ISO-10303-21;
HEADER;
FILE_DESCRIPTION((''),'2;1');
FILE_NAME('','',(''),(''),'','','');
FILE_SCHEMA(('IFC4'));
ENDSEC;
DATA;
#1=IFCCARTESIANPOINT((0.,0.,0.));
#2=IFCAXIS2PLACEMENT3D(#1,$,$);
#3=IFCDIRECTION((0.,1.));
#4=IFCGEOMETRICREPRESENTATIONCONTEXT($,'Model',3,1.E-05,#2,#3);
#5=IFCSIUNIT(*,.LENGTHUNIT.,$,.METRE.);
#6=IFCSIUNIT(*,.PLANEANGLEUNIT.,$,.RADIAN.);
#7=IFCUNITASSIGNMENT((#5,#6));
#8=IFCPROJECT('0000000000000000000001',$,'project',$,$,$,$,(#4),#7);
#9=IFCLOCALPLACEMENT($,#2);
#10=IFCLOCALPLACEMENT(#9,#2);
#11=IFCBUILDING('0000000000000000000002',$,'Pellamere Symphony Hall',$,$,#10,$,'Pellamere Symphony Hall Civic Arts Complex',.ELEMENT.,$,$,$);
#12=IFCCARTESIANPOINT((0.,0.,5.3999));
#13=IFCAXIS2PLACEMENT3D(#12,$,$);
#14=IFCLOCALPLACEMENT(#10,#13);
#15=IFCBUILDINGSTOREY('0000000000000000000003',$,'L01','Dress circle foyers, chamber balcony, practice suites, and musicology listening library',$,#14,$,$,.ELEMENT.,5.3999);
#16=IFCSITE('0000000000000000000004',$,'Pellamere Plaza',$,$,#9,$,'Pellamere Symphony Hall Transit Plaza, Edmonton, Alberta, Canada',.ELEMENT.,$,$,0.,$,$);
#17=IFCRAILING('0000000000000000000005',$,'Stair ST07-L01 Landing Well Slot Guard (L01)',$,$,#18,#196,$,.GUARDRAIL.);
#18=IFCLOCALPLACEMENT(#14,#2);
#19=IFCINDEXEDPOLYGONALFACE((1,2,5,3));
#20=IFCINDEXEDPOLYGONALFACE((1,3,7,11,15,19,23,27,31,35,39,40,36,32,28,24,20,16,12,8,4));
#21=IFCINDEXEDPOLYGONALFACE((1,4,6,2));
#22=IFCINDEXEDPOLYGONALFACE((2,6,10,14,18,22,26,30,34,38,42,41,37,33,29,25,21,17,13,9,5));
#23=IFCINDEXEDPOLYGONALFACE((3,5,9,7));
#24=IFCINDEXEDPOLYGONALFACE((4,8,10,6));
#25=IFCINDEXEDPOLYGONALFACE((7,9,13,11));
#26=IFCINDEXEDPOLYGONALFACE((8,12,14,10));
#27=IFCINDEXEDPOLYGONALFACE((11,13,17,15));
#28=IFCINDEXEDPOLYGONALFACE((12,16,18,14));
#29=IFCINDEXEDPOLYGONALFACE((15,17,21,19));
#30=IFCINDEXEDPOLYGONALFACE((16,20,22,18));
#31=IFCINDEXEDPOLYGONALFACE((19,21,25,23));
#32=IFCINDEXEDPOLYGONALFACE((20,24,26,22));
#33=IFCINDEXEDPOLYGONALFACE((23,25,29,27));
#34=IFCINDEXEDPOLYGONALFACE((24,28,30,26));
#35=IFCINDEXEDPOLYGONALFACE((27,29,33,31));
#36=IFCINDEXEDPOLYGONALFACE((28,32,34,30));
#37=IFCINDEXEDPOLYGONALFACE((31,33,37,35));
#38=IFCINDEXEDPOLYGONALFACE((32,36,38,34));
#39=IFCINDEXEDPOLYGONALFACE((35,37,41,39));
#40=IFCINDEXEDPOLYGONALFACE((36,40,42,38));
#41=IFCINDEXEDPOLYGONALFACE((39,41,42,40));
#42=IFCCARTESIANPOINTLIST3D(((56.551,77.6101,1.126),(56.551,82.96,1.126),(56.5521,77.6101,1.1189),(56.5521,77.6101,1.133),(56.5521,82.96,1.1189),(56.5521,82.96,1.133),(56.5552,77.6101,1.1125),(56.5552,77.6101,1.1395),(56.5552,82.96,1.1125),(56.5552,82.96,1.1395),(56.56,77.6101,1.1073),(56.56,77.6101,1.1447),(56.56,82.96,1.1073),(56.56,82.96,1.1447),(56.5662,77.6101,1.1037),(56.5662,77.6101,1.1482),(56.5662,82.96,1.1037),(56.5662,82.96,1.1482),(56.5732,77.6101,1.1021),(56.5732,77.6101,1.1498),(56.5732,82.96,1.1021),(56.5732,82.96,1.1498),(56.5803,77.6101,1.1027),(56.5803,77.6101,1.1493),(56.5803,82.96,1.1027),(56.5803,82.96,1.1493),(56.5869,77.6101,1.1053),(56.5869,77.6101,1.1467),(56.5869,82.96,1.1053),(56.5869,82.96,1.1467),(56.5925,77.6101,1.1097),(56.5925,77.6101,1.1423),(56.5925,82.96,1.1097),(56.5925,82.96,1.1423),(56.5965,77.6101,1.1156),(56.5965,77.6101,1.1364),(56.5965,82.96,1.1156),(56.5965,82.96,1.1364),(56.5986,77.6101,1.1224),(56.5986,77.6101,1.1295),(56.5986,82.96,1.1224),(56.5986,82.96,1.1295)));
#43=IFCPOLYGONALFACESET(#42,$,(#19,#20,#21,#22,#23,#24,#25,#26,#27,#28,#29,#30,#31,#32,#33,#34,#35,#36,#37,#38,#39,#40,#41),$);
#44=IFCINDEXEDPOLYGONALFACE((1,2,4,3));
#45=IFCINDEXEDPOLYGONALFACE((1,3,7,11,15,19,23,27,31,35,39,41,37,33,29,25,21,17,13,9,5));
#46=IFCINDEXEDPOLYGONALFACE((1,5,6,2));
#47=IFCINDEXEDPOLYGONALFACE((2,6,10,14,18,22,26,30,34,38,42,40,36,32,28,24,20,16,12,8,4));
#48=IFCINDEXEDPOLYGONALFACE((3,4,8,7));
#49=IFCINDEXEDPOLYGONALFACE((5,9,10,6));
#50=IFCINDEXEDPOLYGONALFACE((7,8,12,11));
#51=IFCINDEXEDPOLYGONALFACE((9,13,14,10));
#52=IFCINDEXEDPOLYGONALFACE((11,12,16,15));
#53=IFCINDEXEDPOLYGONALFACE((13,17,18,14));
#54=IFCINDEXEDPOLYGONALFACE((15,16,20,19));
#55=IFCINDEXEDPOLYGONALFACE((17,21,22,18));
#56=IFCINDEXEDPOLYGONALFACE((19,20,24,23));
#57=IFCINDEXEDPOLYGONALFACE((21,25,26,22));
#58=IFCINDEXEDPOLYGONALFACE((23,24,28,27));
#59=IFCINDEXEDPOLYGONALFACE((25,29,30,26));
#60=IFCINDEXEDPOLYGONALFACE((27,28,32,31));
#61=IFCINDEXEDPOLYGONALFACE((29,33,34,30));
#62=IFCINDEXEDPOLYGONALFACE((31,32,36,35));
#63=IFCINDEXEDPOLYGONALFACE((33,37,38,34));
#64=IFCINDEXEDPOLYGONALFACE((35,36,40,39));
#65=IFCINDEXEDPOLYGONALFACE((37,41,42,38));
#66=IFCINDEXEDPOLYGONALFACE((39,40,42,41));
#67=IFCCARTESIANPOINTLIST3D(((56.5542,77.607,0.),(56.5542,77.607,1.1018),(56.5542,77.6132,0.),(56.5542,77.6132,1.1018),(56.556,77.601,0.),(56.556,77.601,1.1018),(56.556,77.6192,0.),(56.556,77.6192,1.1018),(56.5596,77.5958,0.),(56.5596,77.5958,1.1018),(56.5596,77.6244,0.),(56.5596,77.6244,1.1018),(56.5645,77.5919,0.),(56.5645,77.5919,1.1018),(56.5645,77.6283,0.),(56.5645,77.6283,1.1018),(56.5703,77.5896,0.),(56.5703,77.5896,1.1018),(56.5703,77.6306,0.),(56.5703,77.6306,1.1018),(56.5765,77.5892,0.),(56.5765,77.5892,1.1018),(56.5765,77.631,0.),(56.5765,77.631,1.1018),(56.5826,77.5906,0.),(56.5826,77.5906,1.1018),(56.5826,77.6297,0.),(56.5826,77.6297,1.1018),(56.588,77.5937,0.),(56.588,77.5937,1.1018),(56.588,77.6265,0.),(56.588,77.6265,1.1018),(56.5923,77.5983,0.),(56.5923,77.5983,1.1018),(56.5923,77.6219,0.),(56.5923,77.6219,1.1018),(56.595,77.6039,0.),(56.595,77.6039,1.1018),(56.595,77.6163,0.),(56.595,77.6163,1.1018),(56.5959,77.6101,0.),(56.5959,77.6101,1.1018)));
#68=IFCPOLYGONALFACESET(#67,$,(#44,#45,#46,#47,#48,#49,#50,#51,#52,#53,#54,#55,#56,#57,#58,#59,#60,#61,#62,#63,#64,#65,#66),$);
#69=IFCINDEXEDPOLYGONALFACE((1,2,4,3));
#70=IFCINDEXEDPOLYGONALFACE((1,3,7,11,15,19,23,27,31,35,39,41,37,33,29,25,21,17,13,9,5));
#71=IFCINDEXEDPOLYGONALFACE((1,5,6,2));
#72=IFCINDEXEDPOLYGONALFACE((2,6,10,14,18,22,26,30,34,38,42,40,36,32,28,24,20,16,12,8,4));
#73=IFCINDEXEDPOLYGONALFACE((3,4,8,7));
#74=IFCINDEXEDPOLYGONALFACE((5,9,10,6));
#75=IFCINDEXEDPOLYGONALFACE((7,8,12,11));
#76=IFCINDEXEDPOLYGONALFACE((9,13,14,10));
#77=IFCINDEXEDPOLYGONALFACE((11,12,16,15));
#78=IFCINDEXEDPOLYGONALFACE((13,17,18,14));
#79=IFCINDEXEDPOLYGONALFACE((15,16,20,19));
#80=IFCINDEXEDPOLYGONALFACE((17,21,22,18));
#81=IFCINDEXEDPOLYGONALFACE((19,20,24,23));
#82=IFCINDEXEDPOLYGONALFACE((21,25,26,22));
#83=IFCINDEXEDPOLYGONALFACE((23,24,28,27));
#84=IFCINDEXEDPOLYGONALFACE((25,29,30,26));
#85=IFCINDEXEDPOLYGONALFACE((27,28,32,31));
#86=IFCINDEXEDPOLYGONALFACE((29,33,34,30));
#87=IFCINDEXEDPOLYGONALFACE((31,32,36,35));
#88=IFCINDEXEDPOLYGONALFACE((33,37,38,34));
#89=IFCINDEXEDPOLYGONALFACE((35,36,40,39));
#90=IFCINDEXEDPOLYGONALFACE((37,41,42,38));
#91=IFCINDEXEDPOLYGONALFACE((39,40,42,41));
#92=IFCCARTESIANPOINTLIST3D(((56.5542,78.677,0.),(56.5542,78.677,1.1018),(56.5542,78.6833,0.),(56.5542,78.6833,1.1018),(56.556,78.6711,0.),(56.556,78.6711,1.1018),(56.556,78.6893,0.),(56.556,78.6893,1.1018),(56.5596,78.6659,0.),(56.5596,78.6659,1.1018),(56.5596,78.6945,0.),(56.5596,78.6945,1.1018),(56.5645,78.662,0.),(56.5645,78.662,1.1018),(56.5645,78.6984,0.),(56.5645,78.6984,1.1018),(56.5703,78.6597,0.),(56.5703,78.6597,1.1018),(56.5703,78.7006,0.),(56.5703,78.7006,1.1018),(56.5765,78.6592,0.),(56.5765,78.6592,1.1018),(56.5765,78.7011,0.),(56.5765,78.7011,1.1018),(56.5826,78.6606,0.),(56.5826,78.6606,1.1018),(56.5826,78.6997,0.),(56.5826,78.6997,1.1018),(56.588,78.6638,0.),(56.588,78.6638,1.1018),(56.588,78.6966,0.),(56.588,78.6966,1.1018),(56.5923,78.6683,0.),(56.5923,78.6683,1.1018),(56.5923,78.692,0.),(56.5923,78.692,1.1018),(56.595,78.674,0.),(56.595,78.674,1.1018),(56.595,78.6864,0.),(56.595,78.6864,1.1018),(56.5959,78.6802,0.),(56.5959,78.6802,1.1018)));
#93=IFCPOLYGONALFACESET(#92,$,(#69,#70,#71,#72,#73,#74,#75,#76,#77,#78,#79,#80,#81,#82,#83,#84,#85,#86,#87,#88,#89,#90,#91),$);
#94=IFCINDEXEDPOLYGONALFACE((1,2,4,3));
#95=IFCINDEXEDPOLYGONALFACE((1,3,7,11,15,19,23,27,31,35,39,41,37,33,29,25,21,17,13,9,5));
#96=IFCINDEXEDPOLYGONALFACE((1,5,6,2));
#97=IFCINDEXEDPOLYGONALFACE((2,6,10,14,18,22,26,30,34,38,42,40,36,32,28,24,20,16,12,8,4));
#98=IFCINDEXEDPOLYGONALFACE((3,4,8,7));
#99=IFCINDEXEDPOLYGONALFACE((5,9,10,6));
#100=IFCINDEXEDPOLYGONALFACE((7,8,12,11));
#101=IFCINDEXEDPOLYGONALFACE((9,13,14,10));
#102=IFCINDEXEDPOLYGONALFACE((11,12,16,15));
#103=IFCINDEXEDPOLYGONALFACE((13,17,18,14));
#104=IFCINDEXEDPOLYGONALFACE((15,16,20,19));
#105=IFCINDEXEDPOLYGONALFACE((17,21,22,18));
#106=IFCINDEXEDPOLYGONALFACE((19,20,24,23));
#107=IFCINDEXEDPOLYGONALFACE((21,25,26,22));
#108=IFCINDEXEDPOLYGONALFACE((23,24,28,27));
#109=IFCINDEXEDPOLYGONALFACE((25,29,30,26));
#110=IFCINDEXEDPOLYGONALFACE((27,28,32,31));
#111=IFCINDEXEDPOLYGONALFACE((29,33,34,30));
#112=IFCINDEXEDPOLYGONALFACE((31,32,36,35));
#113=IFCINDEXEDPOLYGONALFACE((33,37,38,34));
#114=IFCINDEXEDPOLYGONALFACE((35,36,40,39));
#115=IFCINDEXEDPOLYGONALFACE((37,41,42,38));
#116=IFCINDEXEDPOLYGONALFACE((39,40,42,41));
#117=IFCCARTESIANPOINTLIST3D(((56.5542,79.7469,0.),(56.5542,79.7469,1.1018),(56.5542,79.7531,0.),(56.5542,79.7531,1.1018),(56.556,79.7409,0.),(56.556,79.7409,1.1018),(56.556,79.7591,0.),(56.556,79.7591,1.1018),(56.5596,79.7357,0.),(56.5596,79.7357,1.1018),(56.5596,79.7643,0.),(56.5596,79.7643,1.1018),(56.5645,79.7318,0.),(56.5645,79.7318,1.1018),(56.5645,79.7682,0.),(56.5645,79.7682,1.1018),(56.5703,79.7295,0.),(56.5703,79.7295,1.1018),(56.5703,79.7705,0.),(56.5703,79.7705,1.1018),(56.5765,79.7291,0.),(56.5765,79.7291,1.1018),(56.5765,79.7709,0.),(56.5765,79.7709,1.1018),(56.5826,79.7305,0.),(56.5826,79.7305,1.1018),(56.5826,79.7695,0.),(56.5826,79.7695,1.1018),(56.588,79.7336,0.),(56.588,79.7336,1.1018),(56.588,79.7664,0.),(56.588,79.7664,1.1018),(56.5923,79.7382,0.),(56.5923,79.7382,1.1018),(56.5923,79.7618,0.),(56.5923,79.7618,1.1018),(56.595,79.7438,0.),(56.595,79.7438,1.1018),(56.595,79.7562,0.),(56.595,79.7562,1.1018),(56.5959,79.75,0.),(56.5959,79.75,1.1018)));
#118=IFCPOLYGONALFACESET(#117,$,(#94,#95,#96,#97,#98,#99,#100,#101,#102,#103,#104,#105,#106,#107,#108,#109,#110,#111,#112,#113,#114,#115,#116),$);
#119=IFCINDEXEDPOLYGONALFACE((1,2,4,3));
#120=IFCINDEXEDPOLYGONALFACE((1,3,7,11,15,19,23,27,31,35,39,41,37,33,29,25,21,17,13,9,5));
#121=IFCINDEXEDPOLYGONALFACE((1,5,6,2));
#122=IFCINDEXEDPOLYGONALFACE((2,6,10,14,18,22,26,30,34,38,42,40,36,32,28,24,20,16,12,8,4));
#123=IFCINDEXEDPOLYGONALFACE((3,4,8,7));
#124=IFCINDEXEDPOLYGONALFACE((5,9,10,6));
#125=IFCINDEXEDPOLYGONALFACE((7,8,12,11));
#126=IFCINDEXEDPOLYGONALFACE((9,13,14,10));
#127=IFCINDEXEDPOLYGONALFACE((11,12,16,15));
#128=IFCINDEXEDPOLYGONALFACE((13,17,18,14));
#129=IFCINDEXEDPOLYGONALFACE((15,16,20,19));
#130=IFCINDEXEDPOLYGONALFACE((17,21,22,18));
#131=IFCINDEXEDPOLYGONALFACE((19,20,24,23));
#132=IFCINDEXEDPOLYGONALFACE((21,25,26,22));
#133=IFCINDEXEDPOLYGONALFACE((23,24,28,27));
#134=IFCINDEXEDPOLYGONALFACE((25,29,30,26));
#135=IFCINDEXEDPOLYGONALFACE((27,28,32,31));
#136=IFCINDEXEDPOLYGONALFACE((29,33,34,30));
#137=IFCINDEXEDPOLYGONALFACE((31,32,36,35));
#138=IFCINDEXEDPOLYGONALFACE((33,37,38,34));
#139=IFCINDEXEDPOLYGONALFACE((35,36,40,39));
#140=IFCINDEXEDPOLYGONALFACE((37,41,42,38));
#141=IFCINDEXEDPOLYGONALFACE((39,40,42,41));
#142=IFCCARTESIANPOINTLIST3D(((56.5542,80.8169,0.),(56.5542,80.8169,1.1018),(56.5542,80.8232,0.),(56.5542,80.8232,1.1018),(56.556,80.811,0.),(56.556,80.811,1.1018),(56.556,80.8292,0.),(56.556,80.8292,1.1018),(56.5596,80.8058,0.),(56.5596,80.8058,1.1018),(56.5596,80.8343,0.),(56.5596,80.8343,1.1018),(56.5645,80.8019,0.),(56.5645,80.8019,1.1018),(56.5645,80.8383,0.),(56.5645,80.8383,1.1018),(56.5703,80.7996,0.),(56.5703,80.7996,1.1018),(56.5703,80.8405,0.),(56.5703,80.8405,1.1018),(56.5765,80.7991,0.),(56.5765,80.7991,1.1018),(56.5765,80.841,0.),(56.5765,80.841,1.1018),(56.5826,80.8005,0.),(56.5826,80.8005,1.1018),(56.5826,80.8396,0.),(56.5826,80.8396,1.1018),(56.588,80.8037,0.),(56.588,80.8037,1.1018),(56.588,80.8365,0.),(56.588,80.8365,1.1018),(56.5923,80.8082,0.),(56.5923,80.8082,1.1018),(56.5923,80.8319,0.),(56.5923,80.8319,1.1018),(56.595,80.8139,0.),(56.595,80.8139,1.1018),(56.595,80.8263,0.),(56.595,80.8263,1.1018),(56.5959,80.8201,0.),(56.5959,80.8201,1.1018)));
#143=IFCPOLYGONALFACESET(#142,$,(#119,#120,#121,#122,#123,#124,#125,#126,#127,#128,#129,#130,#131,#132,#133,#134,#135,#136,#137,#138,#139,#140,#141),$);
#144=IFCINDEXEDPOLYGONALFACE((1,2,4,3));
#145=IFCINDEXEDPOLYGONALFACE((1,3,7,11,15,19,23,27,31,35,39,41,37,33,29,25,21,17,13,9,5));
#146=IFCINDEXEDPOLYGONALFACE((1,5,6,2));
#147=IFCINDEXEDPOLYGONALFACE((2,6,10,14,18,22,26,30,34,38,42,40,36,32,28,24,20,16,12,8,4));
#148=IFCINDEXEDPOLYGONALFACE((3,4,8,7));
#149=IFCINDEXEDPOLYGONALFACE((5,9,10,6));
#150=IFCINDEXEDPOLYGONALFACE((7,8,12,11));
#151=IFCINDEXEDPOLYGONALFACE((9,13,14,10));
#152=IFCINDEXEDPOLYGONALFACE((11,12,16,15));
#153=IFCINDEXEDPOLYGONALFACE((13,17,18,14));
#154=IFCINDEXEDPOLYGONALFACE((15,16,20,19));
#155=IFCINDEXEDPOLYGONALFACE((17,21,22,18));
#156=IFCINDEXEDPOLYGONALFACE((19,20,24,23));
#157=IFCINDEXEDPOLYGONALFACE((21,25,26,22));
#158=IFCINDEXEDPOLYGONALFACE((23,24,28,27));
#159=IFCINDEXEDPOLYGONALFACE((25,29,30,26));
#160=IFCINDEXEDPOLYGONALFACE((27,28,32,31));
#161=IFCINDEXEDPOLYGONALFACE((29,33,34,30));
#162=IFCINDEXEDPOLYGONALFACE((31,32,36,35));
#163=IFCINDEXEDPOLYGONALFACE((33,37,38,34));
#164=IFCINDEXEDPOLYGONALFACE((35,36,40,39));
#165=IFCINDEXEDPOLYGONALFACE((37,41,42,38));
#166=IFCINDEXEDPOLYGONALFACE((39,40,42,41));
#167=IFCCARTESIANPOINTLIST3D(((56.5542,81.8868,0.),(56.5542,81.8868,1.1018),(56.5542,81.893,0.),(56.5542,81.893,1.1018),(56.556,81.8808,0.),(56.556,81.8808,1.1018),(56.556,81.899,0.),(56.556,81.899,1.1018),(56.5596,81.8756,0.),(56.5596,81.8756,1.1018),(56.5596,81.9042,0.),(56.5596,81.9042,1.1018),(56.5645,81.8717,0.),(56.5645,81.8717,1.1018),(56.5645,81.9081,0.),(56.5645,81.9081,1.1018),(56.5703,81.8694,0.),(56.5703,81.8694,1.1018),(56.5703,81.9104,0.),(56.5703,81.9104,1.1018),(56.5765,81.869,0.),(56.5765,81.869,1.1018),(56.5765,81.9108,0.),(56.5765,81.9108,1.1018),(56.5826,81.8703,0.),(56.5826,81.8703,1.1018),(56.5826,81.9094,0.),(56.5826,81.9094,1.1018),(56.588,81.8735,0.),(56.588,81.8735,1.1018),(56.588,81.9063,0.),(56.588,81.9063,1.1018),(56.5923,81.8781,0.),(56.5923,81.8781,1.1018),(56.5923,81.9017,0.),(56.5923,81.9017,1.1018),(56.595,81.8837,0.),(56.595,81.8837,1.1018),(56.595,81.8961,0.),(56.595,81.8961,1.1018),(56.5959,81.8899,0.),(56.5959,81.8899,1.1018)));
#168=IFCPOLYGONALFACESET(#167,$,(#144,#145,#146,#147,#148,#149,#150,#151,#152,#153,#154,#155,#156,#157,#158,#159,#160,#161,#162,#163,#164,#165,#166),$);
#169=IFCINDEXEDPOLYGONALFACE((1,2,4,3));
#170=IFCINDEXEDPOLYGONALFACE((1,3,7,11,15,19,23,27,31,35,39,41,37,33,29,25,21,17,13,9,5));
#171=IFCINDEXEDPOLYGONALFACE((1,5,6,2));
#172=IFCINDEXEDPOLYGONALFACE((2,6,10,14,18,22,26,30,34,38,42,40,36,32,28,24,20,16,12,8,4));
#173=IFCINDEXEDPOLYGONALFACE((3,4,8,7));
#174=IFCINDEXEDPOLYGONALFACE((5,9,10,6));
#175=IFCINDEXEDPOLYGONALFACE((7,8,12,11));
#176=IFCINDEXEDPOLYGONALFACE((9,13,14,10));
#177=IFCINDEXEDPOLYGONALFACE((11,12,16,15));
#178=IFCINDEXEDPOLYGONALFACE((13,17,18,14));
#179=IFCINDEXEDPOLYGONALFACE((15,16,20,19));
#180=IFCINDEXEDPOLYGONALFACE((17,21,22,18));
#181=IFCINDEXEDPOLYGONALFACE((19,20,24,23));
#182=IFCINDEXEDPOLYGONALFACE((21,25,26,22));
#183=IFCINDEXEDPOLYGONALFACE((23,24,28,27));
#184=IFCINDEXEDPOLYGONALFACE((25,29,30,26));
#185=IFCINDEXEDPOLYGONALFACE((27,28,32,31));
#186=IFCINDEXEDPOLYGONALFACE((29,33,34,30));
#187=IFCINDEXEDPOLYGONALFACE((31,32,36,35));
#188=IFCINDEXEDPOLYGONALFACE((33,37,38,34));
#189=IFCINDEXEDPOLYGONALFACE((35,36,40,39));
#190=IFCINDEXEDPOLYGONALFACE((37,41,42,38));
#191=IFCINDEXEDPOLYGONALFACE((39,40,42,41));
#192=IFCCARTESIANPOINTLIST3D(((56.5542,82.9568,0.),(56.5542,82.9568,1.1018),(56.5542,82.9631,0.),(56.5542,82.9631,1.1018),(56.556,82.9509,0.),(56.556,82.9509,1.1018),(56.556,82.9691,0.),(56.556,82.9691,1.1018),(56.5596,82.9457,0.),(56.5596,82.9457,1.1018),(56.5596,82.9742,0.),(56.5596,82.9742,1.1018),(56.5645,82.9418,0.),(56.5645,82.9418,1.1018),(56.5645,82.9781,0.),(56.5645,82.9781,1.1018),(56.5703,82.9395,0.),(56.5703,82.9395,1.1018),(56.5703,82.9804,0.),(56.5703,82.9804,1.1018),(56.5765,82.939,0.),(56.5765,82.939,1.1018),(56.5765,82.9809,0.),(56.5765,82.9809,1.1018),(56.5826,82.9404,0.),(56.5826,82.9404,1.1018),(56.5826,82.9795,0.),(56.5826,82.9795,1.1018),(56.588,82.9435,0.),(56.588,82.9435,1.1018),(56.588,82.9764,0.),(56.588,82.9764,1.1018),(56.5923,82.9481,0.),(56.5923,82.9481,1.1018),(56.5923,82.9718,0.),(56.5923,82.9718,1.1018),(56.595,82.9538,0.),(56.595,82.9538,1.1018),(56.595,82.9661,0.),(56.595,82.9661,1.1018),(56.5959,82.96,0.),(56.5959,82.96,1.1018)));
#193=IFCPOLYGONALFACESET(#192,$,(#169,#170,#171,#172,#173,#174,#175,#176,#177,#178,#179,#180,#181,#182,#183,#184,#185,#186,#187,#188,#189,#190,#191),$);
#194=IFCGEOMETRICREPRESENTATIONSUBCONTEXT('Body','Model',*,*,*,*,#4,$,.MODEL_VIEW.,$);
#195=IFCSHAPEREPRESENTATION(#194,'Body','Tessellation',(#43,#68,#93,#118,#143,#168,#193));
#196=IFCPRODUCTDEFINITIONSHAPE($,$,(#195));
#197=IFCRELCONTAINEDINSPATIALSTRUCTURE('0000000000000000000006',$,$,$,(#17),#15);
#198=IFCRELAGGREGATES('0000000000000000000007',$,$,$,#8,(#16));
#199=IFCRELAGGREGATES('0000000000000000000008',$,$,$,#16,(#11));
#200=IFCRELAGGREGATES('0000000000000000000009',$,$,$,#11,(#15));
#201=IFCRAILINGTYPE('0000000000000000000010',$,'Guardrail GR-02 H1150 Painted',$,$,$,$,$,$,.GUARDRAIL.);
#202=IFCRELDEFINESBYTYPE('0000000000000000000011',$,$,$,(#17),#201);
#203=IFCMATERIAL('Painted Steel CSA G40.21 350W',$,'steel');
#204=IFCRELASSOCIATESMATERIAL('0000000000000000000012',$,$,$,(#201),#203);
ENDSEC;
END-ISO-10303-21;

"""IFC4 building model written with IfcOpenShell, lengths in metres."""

from ifc_helpers import new_model, si_unit, direction, frame, origin, origin_2d, place, context, subcontext, project, spatial, circle, extrude, material, type_object, element, save


model = new_model("IFC4")

# Units and contexts
model_context = context("Model", 3, precision=1e-05, world=origin(), true_north=direction((0.0, 1.0)))
body_context = subcontext(model_context, "Body", "Model", "MODEL_VIEW")
ifc_project = project(units=[si_unit("LENGTHUNIT", "METRE"), si_unit("PLANEANGLEUNIT", "RADIAN")], contexts=[model_context])

# Site, building, storey
site_placement = place(None, origin())
site = spatial("IfcSite", under=ifc_project, at=site_placement, Name="Pellamere Plaza", LongName="Pellamere Symphony Hall Transit Plaza, Edmonton, Alberta, Canada", CompositionType="ELEMENT", RefElevation=0.0)
building_placement = place(site_placement, origin())
building = spatial("IfcBuilding", under=site, at=building_placement, Name="Pellamere Symphony Hall", LongName="Pellamere Symphony Hall Civic Arts Complex", CompositionType="ELEMENT")
storey_placement = place(building_placement, frame((0.0, 0.0, 5.3999)))
storey = spatial("IfcBuildingStorey", under=building, at=storey_placement, Name="L01", Description="Dress circle foyers, chamber balcony, practice suites, and musicology listening library", CompositionType="ELEMENT", Elevation=5.3999)

# Railing
ifc_material_1 = material(Name="Painted Steel CSA G40.21 350W", Category="steel")
railing_type_1 = type_object("IfcRailingType", Name="Guardrail GR-02 H1150 Painted", PredefinedType="GUARDRAIL", material=ifc_material_1)
railing_1_placement = place(storey_placement, frame((56.575, 77.6101, 0.0)))
element("IfcRailing", 1, at=railing_1_placement, inside=storey, type_object=railing_type_1, Name="Stair ST07-L01 Landing Well Slot Guard (L01)", PredefinedType="GUARDRAIL", context=body_context, shape_type="SweptSolid", body=[
    extrude(circle(Radius=0.0239, at=origin_2d()), frame((0.0, 0.0, 1.126), z_axis=(0.0, 1.0, 0.0), x_axis=(-1.0, 0.0, 0.0)), (0.0, 0.0, 1.0), 5.3499),
    extrude(circle(Radius=0.021, at=origin_2d()), origin(), (0.0, 0.0, 1.0), 1.1018),
    extrude(circle(Radius=0.021, at=origin_2d()), frame((0.0, 1.0701, 0.0)), (0.0, 0.0, 1.0), 1.1018),
    extrude(circle(Radius=0.021, at=origin_2d()), frame((0.0, 2.1399, 0.0)), (0.0, 0.0, 1.0), 1.1018),
    extrude(circle(Radius=0.021, at=origin_2d()), frame((0.0, 3.21, 0.0)), (0.0, 0.0, 1.0), 1.1018),
    extrude(circle(Radius=0.021, at=origin_2d()), frame((0.0, 4.2798, 0.0)), (0.0, 0.0, 1.0), 1.1018),
    extrude(circle(Radius=0.021, at=origin_2d()), frame((0.0, 5.3499, 0.0)), (0.0, 0.0, 1.0), 1.1018),
])

save(model, "model.ifc")
